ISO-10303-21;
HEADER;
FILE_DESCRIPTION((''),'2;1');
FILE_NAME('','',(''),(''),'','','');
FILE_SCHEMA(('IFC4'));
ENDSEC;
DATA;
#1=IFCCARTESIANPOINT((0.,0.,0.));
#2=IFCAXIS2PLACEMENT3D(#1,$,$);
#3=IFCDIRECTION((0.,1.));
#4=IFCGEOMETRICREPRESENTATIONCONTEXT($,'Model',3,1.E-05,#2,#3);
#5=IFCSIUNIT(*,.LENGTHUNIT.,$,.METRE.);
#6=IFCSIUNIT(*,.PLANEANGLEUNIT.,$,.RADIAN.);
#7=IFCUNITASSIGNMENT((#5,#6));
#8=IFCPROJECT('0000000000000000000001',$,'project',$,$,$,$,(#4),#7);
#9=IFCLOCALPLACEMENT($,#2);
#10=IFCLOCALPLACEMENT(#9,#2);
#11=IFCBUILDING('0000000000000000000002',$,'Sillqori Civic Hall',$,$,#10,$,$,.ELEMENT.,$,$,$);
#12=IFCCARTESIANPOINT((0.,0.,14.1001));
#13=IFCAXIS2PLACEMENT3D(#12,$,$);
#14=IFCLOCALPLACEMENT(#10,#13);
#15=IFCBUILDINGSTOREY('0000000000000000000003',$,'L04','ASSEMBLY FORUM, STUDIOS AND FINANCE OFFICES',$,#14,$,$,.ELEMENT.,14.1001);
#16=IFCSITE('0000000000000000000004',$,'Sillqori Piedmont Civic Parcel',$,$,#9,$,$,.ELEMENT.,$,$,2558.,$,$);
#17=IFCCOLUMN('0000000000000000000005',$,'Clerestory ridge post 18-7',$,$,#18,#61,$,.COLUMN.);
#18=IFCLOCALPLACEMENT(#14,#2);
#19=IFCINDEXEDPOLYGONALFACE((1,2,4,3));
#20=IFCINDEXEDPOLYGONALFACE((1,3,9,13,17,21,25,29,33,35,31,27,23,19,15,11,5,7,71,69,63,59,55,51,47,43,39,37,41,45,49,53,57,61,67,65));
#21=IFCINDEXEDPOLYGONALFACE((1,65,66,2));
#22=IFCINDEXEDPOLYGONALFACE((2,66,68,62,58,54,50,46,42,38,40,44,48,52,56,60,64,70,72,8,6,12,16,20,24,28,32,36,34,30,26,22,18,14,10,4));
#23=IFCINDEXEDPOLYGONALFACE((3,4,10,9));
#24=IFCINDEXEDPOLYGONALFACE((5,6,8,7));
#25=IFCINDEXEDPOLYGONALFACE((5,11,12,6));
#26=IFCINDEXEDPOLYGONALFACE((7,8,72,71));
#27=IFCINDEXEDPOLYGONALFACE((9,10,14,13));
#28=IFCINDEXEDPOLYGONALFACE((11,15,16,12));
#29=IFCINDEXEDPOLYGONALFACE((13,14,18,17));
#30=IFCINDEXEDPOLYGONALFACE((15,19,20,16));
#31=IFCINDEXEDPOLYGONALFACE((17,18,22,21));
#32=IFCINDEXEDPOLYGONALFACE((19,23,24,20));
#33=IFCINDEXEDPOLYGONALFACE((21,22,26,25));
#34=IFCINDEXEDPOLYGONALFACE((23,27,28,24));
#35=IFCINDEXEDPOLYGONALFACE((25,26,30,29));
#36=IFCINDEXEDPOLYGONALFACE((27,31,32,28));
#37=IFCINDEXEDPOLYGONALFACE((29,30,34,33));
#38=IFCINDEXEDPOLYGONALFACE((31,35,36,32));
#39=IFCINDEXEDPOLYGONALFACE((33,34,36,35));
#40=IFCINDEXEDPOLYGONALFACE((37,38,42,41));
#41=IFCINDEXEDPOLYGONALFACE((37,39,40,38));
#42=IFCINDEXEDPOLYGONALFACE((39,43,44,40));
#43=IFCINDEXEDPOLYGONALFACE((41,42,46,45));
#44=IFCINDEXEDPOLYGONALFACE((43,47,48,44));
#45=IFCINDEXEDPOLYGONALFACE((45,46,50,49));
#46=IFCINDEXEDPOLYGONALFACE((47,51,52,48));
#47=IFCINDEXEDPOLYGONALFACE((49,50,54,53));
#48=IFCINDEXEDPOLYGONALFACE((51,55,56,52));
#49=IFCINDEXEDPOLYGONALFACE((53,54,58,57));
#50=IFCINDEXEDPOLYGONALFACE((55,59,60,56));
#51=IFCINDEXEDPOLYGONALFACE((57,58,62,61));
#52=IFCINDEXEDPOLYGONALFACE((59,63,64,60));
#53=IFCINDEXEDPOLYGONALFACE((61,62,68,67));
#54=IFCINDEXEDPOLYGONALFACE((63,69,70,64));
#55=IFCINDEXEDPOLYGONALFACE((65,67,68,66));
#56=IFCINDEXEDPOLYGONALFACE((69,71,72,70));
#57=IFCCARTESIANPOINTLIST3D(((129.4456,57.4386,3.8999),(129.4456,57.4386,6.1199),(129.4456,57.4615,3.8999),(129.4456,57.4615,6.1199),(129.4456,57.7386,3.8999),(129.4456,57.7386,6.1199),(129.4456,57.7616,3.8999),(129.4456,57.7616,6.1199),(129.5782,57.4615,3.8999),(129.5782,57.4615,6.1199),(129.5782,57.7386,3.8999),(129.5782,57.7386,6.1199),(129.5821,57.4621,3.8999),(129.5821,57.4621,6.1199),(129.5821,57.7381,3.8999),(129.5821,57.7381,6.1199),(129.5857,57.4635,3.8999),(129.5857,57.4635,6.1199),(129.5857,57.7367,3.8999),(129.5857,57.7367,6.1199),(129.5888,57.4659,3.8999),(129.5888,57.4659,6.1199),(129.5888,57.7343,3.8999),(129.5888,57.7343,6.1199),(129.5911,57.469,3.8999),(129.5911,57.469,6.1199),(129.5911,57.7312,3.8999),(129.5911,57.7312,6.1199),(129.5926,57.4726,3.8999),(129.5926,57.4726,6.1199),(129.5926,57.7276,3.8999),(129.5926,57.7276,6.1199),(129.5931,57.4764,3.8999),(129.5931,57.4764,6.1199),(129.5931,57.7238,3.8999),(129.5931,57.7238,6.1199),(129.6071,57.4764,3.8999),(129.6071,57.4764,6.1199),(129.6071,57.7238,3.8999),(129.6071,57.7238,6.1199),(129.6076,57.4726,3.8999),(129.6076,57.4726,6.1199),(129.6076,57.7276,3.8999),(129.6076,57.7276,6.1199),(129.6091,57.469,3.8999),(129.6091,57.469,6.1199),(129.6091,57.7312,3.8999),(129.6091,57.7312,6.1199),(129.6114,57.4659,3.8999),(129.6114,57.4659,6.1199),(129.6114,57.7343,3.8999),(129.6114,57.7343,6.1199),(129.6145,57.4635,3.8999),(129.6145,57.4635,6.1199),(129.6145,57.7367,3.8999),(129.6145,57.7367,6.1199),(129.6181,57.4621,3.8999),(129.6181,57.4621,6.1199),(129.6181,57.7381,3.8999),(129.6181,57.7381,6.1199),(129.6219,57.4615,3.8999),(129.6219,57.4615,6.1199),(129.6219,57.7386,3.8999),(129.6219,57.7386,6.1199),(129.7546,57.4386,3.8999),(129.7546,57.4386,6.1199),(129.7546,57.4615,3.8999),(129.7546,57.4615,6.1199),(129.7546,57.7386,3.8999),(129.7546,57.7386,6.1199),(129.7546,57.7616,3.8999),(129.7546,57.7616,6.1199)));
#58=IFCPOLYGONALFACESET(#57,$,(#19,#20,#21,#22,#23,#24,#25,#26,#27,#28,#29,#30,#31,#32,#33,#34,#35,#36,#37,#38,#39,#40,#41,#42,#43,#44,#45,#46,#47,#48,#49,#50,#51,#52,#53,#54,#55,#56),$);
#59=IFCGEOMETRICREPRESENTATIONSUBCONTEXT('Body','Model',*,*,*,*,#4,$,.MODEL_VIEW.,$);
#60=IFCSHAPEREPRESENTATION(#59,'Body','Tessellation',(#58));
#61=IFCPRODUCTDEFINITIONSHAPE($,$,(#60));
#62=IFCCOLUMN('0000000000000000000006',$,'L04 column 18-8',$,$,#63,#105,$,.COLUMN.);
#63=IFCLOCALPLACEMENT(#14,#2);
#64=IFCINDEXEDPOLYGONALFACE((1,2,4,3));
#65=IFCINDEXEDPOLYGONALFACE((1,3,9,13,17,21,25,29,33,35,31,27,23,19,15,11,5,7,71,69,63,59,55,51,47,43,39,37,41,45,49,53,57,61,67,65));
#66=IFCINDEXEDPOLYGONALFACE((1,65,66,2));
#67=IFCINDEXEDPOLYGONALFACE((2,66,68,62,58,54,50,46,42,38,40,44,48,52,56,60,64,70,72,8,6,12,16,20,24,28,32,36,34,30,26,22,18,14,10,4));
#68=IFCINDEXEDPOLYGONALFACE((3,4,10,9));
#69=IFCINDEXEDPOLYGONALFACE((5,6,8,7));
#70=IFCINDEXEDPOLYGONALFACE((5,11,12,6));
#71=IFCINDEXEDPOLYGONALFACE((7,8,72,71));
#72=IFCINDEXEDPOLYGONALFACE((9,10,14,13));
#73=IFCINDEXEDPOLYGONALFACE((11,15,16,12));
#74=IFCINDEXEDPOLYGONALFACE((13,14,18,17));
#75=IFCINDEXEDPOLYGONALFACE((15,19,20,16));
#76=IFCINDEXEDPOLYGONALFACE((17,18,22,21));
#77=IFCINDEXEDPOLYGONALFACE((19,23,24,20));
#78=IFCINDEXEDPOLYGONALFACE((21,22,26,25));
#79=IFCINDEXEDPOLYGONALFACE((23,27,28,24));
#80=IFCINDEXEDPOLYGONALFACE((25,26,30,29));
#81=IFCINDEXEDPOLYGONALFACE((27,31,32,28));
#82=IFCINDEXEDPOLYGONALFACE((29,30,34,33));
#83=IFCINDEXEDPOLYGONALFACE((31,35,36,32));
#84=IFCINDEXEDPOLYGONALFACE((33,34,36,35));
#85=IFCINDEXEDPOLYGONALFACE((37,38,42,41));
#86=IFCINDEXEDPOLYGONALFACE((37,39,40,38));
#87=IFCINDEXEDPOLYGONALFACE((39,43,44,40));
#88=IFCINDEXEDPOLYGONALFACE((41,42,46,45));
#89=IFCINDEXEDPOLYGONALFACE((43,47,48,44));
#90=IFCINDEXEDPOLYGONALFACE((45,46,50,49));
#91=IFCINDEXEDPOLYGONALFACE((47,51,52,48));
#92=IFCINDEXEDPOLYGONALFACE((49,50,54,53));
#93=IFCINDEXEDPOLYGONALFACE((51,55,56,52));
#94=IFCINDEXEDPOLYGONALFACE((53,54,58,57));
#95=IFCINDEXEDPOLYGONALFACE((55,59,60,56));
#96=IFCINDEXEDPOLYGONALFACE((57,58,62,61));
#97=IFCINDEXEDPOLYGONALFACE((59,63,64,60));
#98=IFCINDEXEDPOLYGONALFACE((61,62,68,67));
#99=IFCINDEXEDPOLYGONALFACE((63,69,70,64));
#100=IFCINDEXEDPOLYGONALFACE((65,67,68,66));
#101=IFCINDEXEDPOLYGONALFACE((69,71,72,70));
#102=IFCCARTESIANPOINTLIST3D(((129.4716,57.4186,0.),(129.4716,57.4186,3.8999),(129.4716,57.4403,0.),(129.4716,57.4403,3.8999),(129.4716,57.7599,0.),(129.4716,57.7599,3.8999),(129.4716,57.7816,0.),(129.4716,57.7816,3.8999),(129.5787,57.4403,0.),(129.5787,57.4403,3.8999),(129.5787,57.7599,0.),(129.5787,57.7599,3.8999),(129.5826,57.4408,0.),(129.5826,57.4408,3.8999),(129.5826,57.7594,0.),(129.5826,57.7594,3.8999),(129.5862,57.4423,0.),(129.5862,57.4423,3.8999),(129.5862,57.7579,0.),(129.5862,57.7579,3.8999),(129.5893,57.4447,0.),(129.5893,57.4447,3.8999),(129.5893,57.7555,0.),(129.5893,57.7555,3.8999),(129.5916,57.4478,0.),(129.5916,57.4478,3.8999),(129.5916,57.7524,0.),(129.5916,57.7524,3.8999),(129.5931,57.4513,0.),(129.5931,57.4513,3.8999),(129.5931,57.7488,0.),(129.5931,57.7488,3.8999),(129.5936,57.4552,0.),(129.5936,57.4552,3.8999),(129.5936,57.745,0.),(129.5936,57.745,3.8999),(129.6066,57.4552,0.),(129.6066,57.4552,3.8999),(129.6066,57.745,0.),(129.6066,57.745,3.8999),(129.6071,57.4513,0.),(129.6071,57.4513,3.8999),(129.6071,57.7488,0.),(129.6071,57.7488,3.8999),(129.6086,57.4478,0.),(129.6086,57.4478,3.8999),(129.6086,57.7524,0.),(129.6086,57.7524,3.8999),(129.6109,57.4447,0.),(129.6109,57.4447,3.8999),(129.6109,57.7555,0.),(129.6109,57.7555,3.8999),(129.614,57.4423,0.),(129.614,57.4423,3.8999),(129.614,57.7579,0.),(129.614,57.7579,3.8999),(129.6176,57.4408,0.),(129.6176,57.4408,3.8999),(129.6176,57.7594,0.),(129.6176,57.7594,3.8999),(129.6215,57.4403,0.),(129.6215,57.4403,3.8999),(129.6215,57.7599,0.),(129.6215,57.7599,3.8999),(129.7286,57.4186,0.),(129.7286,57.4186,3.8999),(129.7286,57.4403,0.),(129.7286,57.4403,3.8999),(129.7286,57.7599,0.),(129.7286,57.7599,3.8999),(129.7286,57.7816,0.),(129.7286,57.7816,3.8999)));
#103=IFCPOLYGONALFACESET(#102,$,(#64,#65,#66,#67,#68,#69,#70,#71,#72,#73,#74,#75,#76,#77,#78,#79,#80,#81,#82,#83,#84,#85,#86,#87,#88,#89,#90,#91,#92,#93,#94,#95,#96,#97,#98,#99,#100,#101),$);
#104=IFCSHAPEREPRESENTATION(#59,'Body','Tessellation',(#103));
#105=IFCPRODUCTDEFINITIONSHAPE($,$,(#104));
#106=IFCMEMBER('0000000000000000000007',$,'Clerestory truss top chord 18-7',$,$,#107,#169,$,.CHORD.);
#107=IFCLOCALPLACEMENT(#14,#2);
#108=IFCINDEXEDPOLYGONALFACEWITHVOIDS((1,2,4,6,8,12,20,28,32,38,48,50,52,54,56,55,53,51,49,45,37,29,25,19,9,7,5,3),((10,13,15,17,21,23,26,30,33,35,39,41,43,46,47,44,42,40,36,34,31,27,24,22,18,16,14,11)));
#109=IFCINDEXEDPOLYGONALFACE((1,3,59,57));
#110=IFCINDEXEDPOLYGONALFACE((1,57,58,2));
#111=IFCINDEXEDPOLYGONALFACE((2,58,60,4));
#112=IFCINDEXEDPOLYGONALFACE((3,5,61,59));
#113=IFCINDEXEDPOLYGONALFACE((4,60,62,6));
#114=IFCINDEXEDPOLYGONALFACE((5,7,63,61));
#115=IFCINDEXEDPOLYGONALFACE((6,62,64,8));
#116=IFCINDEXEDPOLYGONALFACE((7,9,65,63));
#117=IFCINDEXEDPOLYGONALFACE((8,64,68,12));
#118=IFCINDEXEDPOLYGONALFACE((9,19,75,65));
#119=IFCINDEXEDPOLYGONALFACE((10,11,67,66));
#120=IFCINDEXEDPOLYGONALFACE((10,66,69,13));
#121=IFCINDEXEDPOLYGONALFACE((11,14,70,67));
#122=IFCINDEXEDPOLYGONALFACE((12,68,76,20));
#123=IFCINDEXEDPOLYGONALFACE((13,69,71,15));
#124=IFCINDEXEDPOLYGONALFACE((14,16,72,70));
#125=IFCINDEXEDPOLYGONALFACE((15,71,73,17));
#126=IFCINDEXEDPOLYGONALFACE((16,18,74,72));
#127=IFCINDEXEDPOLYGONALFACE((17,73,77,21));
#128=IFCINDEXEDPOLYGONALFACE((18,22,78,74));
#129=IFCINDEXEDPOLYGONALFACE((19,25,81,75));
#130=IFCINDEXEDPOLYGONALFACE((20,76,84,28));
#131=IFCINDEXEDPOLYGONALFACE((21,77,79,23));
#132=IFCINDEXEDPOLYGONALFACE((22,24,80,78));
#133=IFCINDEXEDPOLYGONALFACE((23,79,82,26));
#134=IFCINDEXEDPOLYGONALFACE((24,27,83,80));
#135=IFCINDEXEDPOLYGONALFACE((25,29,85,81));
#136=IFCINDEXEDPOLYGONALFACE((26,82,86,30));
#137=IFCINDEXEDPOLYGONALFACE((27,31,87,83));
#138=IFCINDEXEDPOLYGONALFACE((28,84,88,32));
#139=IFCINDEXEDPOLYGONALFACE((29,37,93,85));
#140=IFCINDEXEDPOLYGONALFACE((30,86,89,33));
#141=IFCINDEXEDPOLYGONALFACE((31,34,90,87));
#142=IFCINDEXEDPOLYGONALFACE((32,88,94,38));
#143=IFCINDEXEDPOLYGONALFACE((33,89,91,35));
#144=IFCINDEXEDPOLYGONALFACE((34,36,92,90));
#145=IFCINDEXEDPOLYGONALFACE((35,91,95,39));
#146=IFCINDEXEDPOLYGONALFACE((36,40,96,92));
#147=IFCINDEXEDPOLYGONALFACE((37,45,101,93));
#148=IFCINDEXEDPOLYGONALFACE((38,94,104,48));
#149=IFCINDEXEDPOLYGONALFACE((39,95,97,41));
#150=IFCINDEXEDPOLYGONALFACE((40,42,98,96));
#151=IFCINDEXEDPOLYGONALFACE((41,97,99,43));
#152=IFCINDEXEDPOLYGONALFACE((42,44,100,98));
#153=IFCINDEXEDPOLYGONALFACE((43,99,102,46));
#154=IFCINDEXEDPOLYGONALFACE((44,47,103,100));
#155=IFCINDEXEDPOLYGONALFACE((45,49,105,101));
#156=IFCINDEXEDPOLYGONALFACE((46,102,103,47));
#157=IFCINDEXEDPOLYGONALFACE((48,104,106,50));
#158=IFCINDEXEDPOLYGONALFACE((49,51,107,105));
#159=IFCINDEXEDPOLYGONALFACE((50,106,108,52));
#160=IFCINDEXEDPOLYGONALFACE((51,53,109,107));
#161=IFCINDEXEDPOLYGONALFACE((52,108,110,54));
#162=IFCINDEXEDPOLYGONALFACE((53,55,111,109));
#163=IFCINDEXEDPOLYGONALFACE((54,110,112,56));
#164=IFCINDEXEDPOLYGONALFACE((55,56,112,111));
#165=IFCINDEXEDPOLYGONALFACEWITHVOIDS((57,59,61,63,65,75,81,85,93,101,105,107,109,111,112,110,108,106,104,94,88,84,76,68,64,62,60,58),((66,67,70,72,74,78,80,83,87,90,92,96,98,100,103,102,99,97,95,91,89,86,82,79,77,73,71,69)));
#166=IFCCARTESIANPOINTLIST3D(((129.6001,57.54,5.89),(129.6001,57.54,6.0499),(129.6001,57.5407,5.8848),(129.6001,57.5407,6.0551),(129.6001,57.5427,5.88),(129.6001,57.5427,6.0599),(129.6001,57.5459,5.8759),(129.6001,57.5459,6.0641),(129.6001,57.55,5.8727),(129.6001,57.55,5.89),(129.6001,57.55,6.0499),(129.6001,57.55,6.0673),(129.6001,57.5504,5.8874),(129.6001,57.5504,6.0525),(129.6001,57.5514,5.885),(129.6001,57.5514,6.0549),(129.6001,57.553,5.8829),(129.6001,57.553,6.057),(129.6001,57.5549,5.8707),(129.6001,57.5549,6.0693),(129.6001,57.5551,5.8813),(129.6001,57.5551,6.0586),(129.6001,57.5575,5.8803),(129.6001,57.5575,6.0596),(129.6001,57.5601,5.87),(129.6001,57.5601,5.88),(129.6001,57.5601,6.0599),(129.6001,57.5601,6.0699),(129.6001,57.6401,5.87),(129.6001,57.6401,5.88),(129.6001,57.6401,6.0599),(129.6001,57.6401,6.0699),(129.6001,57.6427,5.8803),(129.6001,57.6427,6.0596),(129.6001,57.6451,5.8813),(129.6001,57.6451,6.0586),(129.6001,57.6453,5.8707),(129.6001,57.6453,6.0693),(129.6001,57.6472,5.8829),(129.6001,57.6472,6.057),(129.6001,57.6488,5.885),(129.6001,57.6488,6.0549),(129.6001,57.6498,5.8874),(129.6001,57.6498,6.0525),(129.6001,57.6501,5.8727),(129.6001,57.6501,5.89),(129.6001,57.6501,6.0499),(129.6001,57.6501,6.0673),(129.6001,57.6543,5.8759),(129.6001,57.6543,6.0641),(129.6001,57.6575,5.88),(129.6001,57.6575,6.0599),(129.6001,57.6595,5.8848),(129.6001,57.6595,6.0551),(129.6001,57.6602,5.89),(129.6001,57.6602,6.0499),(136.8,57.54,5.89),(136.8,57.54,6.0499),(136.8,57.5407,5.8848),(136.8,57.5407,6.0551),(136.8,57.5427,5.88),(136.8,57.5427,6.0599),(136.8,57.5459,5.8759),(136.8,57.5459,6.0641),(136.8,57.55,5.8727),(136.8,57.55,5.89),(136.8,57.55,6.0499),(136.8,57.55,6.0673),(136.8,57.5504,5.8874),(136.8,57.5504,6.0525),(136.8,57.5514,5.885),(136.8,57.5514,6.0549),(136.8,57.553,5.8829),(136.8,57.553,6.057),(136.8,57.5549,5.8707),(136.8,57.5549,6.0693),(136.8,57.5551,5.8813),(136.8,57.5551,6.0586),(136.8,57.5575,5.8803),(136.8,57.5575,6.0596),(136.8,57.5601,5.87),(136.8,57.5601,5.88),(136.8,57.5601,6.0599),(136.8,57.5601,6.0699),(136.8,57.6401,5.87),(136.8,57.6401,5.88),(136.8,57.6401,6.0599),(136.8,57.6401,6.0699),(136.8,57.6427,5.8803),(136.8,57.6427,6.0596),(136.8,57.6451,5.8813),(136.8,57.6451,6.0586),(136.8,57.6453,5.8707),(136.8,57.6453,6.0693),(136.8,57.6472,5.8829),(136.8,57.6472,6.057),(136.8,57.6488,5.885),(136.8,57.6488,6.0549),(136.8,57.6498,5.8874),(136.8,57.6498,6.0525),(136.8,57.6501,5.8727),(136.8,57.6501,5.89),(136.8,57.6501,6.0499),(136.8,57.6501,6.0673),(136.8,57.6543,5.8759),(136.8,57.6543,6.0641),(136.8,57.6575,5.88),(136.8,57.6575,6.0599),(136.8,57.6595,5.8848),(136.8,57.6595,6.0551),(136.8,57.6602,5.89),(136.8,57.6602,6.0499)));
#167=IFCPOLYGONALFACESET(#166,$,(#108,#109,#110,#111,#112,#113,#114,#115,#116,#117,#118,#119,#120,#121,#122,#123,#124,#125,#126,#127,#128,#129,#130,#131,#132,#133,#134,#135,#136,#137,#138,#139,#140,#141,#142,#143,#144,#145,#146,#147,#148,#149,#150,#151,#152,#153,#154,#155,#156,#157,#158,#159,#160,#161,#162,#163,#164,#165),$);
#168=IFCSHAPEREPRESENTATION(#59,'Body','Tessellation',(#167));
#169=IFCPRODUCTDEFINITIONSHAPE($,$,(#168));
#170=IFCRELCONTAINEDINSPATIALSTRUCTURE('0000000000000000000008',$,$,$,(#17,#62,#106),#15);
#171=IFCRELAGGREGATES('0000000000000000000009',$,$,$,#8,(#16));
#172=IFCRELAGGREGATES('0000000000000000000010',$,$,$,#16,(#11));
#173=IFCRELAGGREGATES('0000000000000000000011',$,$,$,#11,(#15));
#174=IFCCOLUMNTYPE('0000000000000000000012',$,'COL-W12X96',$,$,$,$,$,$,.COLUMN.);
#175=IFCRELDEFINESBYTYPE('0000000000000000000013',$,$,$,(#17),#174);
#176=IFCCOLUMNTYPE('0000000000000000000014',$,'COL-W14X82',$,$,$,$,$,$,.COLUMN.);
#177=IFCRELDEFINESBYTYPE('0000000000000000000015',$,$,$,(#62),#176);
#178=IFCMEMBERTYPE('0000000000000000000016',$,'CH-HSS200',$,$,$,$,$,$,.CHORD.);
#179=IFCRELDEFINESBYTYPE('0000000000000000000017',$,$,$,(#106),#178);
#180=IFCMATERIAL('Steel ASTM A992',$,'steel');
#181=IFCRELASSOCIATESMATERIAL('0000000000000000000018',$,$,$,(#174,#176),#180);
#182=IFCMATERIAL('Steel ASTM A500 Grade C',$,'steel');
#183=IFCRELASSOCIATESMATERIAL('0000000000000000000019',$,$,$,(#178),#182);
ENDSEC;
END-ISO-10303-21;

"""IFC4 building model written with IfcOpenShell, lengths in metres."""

from ifc_helpers import new_model, si_unit, direction, frame, origin, origin_2d, place, context, subcontext, project, spatial, hollow_rectangle, i_section, extrude, material, material_profile, profile_set, type_object, element, save


model = new_model("IFC4")

# Units and contexts
model_context = context("Model", 3, precision=1e-05, world=origin(), true_north=direction((0.0, 1.0)))
body_context = subcontext(model_context, "Body", "Model", "MODEL_VIEW")
ifc_project = project(units=[si_unit("LENGTHUNIT", "METRE"), si_unit("PLANEANGLEUNIT", "RADIAN")], contexts=[model_context])

# Site, building, storey
site_placement = place(None, origin())
site = spatial("IfcSite", under=ifc_project, at=site_placement, Name="Sillqori Piedmont Civic Parcel", CompositionType="ELEMENT", RefElevation=2558.0)
building_placement = place(site_placement, origin())
building = spatial("IfcBuilding", under=site, at=building_placement, Name="Sillqori Civic Hall", CompositionType="ELEMENT")
storey_placement = place(building_placement, frame((0.0, 0.0, 14.1001)))
storey = spatial("IfcBuildingStorey", under=building, at=storey_placement, Name="L04", Description="ASSEMBLY FORUM, STUDIOS AND FINANCE OFFICES", CompositionType="ELEMENT", Elevation=14.1001)

# Columns
ifc_material_1 = material(Name="Steel ASTM A992", Category="steel")
ifc_material_profile_1 = material_profile(ifc_material_1, i_section(OverallWidth=0.3091, OverallDepth=0.323, WebThickness=0.0139, FlangeThickness=0.0229, FilletRadius=0.0149, at=origin_2d()), Name="W12X96")
ifc_profile_set_1 = profile_set([ifc_material_profile_1], Name="Steel ASTM A992")
column_type_1 = type_object("IfcColumnType", Name="COL-W12X96", PredefinedType="COLUMN", material=ifc_profile_set_1)
column_1_placement = place(storey_placement, frame((129.6001, 57.6001, 3.8999), z_axis=(0.0, 0.0, 1.0), x_axis=(1.0, 0.0, 0.0)))
element("IfcColumn", 1, at=column_1_placement, inside=storey, type_object=column_type_1, Name="Clerestory ridge post 18-7", PredefinedType="COLUMN", context=body_context, shape_type="SweptSolid", body=[
    extrude(i_section(OverallWidth=0.3091, OverallDepth=0.323, WebThickness=0.0139, FlangeThickness=0.0229, FilletRadius=0.0149, at=origin_2d()), origin(), (0.0, 0.0, 1.0), 2.22),
])
ifc_material_profile_2 = material_profile(ifc_material_1, i_section(OverallWidth=0.2571, OverallDepth=0.363, WebThickness=0.0129, FlangeThickness=0.0217, FilletRadius=0.0149, at=origin_2d()), Name="W14X82")
ifc_profile_set_2 = profile_set([ifc_material_profile_2], Name="Steel ASTM A992")
column_type_2 = type_object("IfcColumnType", Name="COL-W14X82", PredefinedType="COLUMN", material=ifc_profile_set_2)
column_2_placement = place(storey_placement, frame((129.6001, 57.6001, 0.0), z_axis=(0.0, 0.0, 1.0), x_axis=(1.0, 0.0, 0.0)))
element("IfcColumn", 2, at=column_2_placement, inside=storey, type_object=column_type_2, Name="L04 column 18-8", PredefinedType="COLUMN", context=body_context, shape_type="SweptSolid", body=[
    extrude(i_section(OverallWidth=0.2571, OverallDepth=0.363, WebThickness=0.0129, FlangeThickness=0.0217, FilletRadius=0.0149, at=origin_2d()), origin(), (0.0, 0.0, 1.0), 3.8999),
])

# Member
ifc_material_2 = material(Name="Steel ASTM A500 Grade C", Category="steel")
ifc_material_profile_3 = material_profile(ifc_material_2, hollow_rectangle(XDim=0.1201, YDim=0.2, WallThickness=0.01, InnerFilletRadius=0.01, OuterFilletRadius=0.02, at=origin_2d()), Name="HSS200X120X10")
ifc_profile_set_3 = profile_set([ifc_material_profile_3], Name="Steel ASTM A500 Grade C")
member_type_1 = type_object("IfcMemberType", Name="CH-HSS200", PredefinedType="CHORD", material=ifc_profile_set_3)
member_1_placement = place(storey_placement, frame((129.6001, 57.6001, 5.97), z_axis=(1.0, 0.0, 0.0), x_axis=(0.0, 1.0, 0.0)))
element("IfcMember", 3, at=member_1_placement, inside=storey, type_object=member_type_1, Name="Clerestory truss top chord 18-7", PredefinedType="CHORD", context=body_context, shape_type="SweptSolid", body=[
    extrude(hollow_rectangle(XDim=0.1201, YDim=0.2, WallThickness=0.01, InnerFilletRadius=0.01, OuterFilletRadius=0.02, at=origin_2d()), origin(), (0.0, 0.0, 1.0), 7.2),
])

save(model, "model.ifc")
